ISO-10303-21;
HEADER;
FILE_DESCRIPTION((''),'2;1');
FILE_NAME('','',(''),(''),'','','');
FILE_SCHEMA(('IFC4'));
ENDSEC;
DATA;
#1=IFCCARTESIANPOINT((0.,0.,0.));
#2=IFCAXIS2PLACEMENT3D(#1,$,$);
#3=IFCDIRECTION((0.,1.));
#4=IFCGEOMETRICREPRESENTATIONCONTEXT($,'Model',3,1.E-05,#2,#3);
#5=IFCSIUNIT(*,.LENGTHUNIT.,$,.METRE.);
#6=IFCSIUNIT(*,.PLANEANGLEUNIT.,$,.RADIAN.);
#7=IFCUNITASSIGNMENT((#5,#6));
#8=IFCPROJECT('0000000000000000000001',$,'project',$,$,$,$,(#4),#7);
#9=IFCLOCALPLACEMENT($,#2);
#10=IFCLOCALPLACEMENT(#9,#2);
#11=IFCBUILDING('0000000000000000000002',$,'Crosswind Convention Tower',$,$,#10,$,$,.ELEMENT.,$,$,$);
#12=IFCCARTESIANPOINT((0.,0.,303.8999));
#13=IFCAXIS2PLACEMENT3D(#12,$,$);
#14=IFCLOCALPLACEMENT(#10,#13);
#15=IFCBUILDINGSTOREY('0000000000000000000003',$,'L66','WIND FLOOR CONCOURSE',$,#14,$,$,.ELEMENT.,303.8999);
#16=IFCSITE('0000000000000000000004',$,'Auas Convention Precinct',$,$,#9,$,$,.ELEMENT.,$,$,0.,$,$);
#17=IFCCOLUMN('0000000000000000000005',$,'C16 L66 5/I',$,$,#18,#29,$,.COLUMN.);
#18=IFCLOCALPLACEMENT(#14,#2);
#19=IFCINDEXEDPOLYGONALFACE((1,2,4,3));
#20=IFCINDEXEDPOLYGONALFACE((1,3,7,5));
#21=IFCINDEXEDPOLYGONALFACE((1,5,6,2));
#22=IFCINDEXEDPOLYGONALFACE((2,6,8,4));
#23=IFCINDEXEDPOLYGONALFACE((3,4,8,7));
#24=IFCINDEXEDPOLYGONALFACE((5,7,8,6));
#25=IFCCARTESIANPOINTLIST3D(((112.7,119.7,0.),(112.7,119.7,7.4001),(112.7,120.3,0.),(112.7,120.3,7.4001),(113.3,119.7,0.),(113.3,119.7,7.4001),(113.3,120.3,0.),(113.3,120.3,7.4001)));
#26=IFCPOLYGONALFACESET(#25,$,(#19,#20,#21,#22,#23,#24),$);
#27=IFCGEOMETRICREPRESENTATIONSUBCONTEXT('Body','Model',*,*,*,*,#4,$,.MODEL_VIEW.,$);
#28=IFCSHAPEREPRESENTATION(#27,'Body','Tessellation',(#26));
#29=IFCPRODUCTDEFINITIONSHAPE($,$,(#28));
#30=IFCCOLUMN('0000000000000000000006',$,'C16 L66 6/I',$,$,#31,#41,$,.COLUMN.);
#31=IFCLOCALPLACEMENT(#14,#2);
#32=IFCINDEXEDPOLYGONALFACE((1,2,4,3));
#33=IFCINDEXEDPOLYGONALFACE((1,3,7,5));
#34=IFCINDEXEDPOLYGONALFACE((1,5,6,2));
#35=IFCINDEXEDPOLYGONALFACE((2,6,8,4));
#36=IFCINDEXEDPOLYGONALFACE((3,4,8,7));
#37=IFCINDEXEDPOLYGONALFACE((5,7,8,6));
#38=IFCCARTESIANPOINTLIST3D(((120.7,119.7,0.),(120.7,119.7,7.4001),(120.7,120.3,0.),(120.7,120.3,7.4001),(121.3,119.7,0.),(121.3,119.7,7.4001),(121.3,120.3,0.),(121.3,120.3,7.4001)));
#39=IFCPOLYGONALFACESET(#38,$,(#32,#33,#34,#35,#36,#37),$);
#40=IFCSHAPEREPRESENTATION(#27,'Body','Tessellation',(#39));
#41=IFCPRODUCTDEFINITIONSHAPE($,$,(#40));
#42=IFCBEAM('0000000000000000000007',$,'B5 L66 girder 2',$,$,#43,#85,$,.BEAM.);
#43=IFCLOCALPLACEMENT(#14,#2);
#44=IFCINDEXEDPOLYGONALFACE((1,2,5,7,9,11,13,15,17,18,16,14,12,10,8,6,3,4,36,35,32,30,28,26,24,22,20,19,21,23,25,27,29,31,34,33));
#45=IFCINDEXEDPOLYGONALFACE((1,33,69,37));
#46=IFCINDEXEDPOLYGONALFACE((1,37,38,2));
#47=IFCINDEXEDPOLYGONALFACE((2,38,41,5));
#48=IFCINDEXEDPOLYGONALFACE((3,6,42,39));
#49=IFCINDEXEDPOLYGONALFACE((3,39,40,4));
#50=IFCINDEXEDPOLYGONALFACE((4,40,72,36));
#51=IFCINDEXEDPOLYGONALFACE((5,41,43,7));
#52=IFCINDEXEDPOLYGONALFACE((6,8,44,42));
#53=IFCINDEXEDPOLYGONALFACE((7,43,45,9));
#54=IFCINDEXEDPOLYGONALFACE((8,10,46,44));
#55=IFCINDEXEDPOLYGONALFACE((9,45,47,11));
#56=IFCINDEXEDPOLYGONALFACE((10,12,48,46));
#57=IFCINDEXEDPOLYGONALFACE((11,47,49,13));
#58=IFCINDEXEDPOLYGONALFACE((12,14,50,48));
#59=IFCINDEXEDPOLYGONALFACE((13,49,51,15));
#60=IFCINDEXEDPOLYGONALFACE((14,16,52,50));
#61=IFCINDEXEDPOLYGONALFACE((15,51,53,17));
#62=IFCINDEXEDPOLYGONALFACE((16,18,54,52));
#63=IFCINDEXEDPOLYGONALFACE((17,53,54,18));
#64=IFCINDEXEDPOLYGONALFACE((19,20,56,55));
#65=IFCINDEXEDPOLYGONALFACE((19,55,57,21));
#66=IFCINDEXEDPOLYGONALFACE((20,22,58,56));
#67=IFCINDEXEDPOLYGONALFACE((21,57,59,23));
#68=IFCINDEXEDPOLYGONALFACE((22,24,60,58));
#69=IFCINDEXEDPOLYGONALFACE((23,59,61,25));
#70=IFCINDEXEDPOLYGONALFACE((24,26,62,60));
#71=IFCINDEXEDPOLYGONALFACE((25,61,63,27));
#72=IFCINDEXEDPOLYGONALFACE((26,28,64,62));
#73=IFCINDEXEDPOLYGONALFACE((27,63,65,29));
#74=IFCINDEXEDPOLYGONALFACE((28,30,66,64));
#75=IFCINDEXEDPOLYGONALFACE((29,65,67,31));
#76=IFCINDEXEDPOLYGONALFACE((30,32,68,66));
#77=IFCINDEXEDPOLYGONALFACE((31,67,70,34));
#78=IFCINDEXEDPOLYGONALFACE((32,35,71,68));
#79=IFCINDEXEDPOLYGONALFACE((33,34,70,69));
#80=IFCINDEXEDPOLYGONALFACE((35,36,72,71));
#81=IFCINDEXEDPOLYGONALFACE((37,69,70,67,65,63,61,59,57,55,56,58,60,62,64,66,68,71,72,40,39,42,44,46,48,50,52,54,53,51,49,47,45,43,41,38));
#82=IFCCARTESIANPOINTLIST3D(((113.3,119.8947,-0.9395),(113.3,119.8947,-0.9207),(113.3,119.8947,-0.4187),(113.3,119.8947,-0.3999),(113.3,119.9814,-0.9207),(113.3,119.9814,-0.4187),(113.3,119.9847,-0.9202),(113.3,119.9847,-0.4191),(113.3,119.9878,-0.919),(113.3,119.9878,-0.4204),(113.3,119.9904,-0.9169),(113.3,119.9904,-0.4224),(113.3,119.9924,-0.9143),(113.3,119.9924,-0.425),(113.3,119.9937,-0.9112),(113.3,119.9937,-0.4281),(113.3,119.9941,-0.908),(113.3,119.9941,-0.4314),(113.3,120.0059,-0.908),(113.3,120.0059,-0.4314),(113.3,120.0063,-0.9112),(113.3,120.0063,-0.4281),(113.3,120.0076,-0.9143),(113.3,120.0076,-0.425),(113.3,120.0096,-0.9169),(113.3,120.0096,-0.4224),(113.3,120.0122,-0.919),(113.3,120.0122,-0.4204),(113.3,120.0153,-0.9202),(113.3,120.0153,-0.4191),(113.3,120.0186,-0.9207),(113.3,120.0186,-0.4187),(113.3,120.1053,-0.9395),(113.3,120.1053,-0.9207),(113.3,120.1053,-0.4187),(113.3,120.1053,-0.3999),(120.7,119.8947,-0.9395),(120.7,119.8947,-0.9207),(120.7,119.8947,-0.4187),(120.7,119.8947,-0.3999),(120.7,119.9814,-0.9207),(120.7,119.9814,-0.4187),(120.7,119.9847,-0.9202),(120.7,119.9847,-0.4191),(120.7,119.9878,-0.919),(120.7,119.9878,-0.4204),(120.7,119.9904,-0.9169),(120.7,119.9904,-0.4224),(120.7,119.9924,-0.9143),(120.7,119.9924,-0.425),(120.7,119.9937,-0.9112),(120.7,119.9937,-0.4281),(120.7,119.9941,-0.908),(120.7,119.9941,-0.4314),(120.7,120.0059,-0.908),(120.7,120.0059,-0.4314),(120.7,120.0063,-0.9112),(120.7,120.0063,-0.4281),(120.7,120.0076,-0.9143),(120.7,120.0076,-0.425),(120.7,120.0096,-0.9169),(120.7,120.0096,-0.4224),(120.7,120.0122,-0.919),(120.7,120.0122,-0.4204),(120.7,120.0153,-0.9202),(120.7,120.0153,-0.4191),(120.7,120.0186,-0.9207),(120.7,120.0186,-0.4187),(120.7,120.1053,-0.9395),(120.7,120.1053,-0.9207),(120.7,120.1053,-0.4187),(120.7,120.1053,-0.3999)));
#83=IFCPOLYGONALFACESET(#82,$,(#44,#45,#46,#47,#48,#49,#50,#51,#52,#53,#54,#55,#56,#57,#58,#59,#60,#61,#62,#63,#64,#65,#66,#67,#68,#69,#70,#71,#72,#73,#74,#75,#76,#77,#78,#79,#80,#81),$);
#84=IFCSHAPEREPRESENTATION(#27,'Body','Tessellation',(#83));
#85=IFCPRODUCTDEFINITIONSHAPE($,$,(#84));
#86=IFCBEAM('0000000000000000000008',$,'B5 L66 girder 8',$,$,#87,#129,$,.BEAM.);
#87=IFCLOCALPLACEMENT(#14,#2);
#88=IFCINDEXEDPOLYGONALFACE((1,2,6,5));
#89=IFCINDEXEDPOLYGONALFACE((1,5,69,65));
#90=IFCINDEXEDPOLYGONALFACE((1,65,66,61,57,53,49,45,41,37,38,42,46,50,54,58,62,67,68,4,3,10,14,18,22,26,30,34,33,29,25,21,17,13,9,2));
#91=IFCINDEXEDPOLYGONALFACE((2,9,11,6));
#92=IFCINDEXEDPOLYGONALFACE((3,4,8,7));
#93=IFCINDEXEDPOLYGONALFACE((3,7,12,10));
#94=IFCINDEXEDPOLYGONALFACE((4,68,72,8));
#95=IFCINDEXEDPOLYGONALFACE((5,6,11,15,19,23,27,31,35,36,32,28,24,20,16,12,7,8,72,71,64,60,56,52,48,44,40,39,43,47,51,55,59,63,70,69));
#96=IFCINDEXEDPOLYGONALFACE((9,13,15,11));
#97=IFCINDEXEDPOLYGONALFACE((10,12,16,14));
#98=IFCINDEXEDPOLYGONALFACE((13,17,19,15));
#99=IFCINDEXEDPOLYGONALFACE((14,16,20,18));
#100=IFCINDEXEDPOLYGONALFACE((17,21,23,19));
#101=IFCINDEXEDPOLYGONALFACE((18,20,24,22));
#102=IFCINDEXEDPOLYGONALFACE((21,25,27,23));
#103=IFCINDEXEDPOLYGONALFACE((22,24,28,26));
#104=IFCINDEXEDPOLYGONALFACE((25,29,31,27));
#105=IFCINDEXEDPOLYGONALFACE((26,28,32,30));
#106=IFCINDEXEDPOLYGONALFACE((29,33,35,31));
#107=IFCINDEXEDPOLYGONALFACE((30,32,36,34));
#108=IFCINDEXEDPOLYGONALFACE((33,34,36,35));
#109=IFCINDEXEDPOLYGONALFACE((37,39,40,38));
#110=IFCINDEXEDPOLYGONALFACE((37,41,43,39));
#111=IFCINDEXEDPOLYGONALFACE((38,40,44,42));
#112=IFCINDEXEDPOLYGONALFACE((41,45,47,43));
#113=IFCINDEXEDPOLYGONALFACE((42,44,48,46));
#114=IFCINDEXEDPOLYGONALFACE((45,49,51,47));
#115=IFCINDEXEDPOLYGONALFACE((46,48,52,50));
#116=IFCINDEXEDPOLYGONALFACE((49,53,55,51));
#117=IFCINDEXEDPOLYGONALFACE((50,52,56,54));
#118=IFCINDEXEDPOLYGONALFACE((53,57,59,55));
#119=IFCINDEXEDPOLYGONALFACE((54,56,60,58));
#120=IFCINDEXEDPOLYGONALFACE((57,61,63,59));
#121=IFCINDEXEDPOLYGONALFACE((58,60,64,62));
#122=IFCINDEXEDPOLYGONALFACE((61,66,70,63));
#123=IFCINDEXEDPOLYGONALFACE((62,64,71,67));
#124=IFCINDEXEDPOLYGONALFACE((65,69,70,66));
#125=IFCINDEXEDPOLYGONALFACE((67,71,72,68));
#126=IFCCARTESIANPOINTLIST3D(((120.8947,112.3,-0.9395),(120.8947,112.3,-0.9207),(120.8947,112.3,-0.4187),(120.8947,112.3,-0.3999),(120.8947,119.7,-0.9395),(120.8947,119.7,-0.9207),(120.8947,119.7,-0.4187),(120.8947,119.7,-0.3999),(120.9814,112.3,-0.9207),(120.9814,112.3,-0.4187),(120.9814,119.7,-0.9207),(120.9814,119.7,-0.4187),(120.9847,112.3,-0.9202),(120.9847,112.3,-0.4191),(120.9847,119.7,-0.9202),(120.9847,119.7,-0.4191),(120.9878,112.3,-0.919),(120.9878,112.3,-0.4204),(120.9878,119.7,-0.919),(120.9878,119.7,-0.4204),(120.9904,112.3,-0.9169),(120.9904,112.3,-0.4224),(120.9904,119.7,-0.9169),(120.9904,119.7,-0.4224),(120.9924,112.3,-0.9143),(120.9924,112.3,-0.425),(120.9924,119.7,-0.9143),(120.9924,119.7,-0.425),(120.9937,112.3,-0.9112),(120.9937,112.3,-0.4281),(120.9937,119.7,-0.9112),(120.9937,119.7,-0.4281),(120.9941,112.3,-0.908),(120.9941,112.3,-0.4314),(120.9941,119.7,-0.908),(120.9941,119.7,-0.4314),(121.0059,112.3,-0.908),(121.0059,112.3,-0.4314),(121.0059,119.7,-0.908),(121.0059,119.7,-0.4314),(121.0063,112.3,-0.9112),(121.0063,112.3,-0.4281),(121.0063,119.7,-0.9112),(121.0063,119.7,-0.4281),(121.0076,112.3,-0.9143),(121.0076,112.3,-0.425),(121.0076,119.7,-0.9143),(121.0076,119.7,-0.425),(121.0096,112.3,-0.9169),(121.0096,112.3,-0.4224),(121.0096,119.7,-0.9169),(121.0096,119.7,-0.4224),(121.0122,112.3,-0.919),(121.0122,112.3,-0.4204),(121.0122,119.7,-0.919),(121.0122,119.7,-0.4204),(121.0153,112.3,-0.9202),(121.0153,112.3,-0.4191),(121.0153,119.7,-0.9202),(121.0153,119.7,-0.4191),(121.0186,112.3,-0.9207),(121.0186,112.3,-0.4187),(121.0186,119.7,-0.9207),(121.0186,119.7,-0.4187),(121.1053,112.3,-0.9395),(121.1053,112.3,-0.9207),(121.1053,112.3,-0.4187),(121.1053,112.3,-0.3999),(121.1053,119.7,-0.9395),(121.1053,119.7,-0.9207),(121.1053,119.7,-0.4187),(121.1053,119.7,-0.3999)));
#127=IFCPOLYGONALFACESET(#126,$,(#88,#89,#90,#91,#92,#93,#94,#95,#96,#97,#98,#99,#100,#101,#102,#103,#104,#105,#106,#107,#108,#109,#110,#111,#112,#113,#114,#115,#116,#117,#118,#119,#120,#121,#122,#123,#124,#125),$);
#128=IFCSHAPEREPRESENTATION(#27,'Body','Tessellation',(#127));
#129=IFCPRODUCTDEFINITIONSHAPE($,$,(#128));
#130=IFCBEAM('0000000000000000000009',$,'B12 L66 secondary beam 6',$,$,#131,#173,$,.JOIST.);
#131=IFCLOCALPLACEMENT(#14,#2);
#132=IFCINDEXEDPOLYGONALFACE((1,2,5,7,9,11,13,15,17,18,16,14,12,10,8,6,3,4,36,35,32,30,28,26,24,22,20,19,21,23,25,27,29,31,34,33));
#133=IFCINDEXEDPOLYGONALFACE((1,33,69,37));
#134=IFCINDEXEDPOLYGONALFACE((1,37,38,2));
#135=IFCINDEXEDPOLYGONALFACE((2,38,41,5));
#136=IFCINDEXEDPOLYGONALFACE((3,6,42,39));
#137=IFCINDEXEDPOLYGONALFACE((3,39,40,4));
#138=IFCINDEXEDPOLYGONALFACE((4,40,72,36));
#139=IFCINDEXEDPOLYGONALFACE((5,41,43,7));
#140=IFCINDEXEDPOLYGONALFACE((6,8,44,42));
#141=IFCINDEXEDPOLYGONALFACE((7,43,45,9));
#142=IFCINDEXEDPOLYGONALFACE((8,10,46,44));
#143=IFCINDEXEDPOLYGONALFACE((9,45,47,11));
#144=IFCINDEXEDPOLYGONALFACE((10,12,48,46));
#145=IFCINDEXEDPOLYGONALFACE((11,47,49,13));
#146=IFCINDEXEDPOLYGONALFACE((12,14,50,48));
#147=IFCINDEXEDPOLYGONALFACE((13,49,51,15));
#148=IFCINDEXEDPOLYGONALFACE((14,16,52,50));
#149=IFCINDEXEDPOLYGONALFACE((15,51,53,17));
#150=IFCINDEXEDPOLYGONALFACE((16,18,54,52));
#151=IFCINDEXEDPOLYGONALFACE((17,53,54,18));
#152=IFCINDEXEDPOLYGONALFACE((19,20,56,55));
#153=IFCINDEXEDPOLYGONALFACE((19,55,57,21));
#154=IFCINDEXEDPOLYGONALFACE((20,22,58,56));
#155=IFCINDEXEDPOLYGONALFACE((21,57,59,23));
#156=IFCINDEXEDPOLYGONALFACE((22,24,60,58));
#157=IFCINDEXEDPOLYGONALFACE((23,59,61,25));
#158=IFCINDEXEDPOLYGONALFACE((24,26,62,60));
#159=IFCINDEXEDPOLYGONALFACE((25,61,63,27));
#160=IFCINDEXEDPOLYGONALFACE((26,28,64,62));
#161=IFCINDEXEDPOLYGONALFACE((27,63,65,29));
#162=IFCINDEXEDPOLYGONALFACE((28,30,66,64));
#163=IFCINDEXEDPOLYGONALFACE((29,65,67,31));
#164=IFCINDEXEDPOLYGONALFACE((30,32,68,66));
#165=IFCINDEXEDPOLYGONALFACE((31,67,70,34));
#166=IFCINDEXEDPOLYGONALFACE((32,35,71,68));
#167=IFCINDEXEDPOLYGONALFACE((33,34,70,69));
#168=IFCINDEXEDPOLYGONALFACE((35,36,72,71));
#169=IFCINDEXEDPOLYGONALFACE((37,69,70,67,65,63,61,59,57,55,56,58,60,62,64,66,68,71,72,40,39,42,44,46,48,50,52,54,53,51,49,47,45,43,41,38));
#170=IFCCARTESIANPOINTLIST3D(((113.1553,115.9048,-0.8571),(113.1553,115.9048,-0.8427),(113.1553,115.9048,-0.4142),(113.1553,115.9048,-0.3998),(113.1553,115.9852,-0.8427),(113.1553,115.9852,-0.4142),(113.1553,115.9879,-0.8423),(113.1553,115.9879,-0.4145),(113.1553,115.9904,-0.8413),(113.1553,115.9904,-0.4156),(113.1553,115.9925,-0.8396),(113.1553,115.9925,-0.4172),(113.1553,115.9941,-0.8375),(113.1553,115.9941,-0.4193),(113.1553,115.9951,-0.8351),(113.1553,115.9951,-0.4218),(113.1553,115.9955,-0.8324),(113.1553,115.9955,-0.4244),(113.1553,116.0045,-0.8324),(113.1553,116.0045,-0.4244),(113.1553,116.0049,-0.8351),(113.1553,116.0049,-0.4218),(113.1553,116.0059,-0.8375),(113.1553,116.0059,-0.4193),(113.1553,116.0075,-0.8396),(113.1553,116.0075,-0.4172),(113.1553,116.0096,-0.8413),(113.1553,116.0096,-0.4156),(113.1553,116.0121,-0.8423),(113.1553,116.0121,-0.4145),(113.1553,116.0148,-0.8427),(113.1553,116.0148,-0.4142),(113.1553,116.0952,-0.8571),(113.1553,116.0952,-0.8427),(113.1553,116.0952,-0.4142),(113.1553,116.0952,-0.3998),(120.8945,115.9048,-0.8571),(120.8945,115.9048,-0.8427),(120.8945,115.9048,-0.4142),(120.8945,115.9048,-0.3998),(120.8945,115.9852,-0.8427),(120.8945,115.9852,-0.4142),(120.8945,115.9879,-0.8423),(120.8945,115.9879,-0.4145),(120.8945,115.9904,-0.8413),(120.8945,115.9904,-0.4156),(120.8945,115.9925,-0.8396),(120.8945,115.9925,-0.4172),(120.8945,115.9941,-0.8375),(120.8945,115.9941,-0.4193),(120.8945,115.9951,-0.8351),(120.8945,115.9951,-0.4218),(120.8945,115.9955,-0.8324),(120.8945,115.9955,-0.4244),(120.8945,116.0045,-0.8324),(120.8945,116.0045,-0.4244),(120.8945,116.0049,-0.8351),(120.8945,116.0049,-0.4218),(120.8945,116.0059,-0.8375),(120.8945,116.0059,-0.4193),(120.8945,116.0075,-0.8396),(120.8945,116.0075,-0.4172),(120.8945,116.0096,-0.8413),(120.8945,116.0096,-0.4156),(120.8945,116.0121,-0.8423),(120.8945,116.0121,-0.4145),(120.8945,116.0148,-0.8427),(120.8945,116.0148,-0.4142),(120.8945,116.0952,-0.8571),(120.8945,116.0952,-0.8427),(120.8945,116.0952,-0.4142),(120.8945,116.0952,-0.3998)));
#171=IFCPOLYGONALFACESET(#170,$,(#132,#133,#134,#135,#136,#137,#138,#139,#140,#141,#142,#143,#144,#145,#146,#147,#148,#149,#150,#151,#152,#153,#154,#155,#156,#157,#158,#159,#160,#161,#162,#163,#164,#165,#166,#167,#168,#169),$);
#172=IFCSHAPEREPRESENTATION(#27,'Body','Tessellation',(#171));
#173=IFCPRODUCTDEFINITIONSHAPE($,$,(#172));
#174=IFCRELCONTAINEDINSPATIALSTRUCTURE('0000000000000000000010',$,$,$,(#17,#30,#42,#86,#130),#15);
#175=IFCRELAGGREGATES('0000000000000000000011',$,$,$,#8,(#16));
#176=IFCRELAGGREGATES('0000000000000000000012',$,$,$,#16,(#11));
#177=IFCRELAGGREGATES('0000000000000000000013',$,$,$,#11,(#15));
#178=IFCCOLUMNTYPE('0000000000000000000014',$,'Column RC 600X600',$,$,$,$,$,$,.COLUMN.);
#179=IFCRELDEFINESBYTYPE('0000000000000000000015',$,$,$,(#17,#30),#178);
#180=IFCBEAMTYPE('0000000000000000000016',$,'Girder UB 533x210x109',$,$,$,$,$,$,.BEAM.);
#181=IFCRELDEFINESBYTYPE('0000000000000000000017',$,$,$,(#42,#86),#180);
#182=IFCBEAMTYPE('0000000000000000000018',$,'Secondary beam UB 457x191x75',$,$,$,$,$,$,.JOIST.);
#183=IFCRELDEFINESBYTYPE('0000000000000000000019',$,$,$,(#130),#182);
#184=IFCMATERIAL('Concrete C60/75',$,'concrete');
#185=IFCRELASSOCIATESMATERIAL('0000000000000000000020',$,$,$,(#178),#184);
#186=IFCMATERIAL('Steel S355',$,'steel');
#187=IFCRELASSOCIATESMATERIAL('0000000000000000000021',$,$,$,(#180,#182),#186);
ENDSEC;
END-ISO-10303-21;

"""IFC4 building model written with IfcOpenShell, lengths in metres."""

from ifc_helpers import new_model, si_unit, direction, frame, origin, origin_2d, place, context, subcontext, project, spatial, rectangle, i_section, extrude, material, material_profile, profile_set, type_object, element, save


model = new_model("IFC4")

# Units and contexts
model_context = context("Model", 3, precision=1e-05, world=origin(), true_north=direction((0.0, 1.0)))
body_context = subcontext(model_context, "Body", "Model", "MODEL_VIEW")
ifc_project = project(units=[si_unit("LENGTHUNIT", "METRE"), si_unit("PLANEANGLEUNIT", "RADIAN")], contexts=[model_context])

# Site, building, storey
site_placement = place(None, origin())
site = spatial("IfcSite", under=ifc_project, at=site_placement, Name="Auas Convention Precinct", CompositionType="ELEMENT", RefElevation=0.0)
building_placement = place(site_placement, origin())
building = spatial("IfcBuilding", under=site, at=building_placement, Name="Crosswind Convention Tower", CompositionType="ELEMENT")
storey_placement = place(building_placement, frame((0.0, 0.0, 303.8999)))
storey = spatial("IfcBuildingStorey", under=building, at=storey_placement, Name="L66", Description="WIND FLOOR CONCOURSE", CompositionType="ELEMENT", Elevation=303.8999)

# Columns
ifc_material_1 = material(Name="Concrete C60/75", Category="concrete")
ifc_material_profile_1 = material_profile(ifc_material_1, rectangle(XDim=0.6001, YDim=0.6001, at=origin_2d()), Name="RC 600X600")
ifc_profile_set_1 = profile_set([ifc_material_profile_1], Name="Concrete C60/75")
column_type = type_object("IfcColumnType", Name="Column RC 600X600", PredefinedType="COLUMN", material=ifc_profile_set_1)
for number, where, z_axis, x_axis, name in (
    (1, (113.0, 120.0, 0.0), (0.0, 0.0, 1.0), (1.0, 0.0, 0.0), "C16 L66 5/I"),
    (2, (121.0, 120.0, 0.0), (0.0, 0.0, 1.0), (1.0, 0.0, 0.0), "C16 L66 6/I"),
):
    element("IfcColumn", number, at=place(storey_placement, frame(where, z_axis=z_axis, x_axis=x_axis)), inside=storey, type_object=column_type, Name=name, PredefinedType="COLUMN", context=body_context, shape_type="SweptSolid", body=[
        extrude(rectangle(XDim=0.6001, YDim=0.6001, at=origin_2d()), origin(), (0.0, 0.0, 1.0), 7.4001),
    ])

# Beams
ifc_material_2 = material(Name="Steel S355", Category="steel")
ifc_material_profile_2 = material_profile(ifc_material_2, i_section(OverallWidth=0.2107, OverallDepth=0.5396, WebThickness=0.0117, FlangeThickness=0.0188, FilletRadius=0.0127, at=origin_2d()), Name="UB 533x210x109")
ifc_profile_set_2 = profile_set([ifc_material_profile_2], Name="Steel S355")
beam_type_1 = type_object("IfcBeamType", Name="Girder UB 533x210x109", PredefinedType="BEAM", material=ifc_profile_set_2)
for number, where, z_axis, x_axis, name in (
    (3, (113.3, 120.0, -0.6697), (1.0, 0.0, 0.0), (0.0, 1.0, 0.0), "B5 L66 girder 2"),
    (4, (121.0, 112.3, -0.6697), (0.0, 1.0, 0.0), (-1.0, 0.0, 0.0), "B5 L66 girder 8"),
):
    element("IfcBeam", number, at=place(storey_placement, frame(where, z_axis=z_axis, x_axis=x_axis)), inside=storey, type_object=beam_type_1, Name=name, PredefinedType="BEAM", context=body_context, shape_type="SweptSolid", body=[
        extrude(i_section(OverallWidth=0.2107, OverallDepth=0.5396, WebThickness=0.0117, FlangeThickness=0.0188, FilletRadius=0.0127, at=origin_2d()), origin(), (0.0, 0.0, 1.0), 7.3999),
    ])
ifc_material_profile_3 = material_profile(ifc_material_2, i_section(OverallWidth=0.1904, OverallDepth=0.4573, WebThickness=0.009, FlangeThickness=0.0144, FilletRadius=0.0103, at=origin_2d()), Name="UB 457x191x75")
ifc_profile_set_3 = profile_set([ifc_material_profile_3], Name="Steel S355")
beam_type_2 = type_object("IfcBeamType", Name="Secondary beam UB 457x191x75", PredefinedType="JOIST", material=ifc_profile_set_3)
beam_1_placement = place(storey_placement, frame((113.1553, 116.0, -0.6284), z_axis=(1.0, 0.0, 0.0), x_axis=(0.0, 1.0, 0.0)))
element("IfcBeam", 5, at=beam_1_placement, inside=storey, type_object=beam_type_2, Name="B12 L66 secondary beam 6", PredefinedType="JOIST", context=body_context, shape_type="SweptSolid", body=[
    extrude(i_section(OverallWidth=0.1904, OverallDepth=0.4573, WebThickness=0.009, FlangeThickness=0.0144, FilletRadius=0.0103, at=origin_2d()), origin(), (0.0, 0.0, 1.0), 7.7393),
])

save(model, "model.ifc")
